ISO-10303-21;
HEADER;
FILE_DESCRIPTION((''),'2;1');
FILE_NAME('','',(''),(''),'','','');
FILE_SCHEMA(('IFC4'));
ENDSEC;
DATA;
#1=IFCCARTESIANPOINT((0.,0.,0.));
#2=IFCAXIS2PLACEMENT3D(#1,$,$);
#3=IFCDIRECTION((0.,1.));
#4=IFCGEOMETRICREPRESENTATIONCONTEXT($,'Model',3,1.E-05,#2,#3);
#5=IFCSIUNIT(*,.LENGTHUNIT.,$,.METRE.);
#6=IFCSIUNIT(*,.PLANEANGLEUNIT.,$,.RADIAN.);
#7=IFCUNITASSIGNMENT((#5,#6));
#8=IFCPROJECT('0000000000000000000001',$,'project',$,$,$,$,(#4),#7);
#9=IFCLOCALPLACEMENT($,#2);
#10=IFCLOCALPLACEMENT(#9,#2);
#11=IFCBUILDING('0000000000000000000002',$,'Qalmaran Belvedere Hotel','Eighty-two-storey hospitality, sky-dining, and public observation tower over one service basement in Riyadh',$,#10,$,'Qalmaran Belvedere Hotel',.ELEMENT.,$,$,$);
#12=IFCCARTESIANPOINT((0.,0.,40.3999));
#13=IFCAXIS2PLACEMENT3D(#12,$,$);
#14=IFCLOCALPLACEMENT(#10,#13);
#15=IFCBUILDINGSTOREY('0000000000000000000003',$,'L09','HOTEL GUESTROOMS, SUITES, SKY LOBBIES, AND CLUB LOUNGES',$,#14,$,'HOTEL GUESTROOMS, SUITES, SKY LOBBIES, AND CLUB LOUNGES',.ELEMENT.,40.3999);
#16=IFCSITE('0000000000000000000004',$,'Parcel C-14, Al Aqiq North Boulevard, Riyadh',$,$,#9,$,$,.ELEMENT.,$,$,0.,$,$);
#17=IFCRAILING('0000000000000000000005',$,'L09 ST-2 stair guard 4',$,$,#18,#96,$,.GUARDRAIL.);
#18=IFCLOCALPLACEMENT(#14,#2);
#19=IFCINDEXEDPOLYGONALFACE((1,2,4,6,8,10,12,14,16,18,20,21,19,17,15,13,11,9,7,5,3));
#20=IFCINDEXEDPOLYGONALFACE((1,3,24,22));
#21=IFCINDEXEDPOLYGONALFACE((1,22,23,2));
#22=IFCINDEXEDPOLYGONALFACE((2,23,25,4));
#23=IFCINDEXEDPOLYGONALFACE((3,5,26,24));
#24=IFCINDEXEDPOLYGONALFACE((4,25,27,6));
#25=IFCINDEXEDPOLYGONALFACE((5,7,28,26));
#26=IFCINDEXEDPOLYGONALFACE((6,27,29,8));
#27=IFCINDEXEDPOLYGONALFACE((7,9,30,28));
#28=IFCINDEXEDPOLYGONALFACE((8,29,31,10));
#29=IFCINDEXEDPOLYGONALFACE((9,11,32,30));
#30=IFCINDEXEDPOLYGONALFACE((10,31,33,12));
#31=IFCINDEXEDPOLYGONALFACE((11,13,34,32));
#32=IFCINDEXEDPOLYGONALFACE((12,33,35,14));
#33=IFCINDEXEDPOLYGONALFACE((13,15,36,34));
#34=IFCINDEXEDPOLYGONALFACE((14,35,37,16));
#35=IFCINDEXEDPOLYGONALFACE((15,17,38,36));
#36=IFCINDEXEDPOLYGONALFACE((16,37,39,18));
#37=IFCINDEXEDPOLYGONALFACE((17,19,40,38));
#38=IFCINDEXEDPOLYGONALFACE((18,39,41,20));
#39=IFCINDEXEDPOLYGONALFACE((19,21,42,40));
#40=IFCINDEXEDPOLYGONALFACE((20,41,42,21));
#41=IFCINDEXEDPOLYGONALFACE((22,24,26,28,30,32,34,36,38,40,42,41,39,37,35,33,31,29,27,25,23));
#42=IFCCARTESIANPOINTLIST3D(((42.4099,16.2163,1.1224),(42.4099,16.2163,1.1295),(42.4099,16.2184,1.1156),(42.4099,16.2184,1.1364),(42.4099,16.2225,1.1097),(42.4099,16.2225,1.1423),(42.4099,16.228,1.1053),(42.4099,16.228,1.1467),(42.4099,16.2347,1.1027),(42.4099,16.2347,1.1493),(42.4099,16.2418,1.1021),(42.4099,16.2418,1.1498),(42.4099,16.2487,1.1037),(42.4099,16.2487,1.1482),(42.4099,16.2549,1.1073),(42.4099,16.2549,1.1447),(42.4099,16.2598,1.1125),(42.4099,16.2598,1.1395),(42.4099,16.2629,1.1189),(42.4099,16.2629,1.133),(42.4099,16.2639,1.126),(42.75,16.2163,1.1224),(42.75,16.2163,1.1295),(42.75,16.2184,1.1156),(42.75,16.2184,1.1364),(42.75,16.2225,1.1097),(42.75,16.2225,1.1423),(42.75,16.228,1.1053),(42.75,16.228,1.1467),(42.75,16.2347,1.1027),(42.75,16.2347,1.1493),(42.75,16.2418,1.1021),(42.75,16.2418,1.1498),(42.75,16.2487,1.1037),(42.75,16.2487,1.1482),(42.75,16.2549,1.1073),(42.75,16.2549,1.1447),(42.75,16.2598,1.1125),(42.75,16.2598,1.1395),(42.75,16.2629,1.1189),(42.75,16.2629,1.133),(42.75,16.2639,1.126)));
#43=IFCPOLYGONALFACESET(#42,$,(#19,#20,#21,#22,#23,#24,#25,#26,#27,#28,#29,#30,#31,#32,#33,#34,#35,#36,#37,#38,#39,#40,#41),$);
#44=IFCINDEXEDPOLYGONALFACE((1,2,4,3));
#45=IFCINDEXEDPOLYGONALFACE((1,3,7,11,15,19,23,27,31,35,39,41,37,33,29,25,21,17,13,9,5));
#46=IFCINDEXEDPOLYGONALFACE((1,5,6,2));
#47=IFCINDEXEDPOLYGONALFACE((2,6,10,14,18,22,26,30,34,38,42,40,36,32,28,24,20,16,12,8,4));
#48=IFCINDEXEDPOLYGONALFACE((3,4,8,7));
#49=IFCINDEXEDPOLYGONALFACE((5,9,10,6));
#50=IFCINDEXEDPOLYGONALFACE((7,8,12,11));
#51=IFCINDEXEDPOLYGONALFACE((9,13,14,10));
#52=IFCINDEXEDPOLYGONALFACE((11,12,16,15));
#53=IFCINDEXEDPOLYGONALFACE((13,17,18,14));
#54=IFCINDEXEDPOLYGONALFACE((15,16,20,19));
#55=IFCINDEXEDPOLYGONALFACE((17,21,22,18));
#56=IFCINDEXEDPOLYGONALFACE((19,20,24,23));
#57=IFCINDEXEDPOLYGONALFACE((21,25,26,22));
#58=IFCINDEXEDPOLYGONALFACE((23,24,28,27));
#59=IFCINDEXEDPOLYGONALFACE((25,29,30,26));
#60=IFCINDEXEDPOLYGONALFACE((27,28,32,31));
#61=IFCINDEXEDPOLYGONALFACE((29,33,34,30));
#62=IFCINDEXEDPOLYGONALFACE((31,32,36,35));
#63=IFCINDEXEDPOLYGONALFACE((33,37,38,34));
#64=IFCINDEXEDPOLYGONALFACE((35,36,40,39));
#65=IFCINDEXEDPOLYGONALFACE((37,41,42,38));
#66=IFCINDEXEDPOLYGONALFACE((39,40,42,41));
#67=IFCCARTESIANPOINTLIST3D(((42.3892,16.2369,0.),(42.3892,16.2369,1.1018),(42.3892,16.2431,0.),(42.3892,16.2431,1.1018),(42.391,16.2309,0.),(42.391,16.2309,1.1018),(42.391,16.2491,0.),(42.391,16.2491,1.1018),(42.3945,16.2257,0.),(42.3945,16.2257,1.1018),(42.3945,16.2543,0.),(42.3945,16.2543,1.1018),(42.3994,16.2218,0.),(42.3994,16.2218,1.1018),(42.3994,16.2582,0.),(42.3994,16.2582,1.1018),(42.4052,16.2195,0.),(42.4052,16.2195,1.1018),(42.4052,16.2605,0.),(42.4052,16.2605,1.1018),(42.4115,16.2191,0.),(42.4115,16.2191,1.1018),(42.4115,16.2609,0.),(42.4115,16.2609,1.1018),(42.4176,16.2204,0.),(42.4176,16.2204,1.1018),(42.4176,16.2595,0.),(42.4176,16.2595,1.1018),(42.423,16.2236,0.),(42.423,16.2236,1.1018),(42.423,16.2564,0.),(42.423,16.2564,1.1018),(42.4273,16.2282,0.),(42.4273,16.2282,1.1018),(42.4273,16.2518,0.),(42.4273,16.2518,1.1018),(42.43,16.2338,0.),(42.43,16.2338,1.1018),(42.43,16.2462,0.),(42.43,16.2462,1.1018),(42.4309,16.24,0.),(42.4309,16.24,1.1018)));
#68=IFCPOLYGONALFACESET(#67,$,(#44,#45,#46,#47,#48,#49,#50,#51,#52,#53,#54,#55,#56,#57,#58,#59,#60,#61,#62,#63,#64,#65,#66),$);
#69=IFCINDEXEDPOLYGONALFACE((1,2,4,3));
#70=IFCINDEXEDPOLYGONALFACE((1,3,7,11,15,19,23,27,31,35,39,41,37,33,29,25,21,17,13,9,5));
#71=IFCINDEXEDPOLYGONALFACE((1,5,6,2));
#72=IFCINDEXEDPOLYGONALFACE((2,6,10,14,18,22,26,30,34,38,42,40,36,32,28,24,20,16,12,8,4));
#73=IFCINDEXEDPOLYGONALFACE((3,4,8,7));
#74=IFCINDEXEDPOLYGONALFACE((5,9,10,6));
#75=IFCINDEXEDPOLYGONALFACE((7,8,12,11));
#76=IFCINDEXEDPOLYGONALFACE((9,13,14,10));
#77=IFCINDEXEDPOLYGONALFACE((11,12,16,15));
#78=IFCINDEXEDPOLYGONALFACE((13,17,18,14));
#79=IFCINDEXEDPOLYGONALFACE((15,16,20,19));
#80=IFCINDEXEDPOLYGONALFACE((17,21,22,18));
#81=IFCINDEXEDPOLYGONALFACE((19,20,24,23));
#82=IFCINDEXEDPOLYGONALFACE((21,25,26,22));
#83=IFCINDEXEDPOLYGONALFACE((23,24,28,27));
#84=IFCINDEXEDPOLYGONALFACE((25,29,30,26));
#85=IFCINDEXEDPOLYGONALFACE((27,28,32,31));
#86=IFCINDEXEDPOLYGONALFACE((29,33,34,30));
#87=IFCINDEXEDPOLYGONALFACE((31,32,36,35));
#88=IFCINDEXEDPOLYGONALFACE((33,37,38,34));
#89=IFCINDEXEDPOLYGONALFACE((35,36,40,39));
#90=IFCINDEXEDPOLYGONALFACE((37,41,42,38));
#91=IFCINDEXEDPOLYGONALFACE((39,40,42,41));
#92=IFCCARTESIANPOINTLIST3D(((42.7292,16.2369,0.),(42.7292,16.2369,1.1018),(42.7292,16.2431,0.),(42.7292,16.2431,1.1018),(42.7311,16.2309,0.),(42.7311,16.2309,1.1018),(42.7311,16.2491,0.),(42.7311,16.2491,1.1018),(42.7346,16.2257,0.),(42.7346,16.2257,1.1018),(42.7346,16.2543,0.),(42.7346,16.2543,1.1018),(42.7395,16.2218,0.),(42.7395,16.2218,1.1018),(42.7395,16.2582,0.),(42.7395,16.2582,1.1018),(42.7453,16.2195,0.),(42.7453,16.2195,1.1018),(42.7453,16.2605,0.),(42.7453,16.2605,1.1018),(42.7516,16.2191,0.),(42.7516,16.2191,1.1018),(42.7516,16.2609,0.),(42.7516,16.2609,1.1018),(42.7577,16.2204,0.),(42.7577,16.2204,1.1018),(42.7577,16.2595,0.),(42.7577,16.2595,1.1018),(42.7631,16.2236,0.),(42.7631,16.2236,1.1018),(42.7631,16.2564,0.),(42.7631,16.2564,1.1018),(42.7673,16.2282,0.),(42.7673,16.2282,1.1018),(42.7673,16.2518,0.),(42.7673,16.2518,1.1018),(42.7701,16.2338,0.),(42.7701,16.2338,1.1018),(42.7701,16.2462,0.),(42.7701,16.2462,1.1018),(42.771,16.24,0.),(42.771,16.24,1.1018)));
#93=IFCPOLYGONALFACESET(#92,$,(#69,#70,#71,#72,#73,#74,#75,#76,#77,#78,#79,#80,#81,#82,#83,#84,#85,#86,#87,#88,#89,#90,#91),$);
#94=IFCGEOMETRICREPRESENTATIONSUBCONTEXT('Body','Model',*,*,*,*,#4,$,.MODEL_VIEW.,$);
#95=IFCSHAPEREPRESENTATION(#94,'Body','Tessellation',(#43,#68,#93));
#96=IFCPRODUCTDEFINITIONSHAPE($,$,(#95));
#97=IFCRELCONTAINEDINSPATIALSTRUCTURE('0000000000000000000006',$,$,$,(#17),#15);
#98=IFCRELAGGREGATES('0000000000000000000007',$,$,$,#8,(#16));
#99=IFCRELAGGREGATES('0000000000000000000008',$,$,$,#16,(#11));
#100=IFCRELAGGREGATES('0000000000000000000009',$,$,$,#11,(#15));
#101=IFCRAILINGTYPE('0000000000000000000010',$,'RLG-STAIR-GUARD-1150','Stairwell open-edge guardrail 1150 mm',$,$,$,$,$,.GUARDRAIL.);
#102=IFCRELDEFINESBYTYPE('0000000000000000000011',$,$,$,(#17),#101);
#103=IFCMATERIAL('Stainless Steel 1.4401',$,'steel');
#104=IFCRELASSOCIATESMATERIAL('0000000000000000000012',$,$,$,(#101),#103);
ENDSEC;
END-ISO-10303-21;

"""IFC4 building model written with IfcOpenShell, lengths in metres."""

from ifc_helpers import new_model, si_unit, direction, frame, origin, origin_2d, place, context, subcontext, project, spatial, circle, extrude, material, type_object, element, save


model = new_model("IFC4")

# Units and contexts
model_context = context("Model", 3, precision=1e-05, world=origin(), true_north=direction((0.0, 1.0)))
body_context = subcontext(model_context, "Body", "Model", "MODEL_VIEW")
ifc_project = project(units=[si_unit("LENGTHUNIT", "METRE"), si_unit("PLANEANGLEUNIT", "RADIAN")], contexts=[model_context])

# Site, building, storey
site_placement = place(None, origin())
site = spatial("IfcSite", under=ifc_project, at=site_placement, Name="Parcel C-14, Al Aqiq North Boulevard, Riyadh", CompositionType="ELEMENT", RefElevation=0.0)
building_placement = place(site_placement, origin())
building = spatial("IfcBuilding", under=site, at=building_placement, Name="Qalmaran Belvedere Hotel", Description="Eighty-two-storey hospitality, sky-dining, and public observation tower over one service basement in Riyadh", LongName="Qalmaran Belvedere Hotel", CompositionType="ELEMENT")
storey_placement = place(building_placement, frame((0.0, 0.0, 40.3999)))
storey = spatial("IfcBuildingStorey", under=building, at=storey_placement, Name="L09", Description="HOTEL GUESTROOMS, SUITES, SKY LOBBIES, AND CLUB LOUNGES", LongName="HOTEL GUESTROOMS, SUITES, SKY LOBBIES, AND CLUB LOUNGES", CompositionType="ELEMENT", Elevation=40.3999)

# Shared definitions
ifc_material_1 = material(Name="Stainless Steel 1.4401", Category="steel")

# Railing
railing_type_1 = type_object("IfcRailingType", Name="RLG-STAIR-GUARD-1150", Description="Stairwell open-edge guardrail 1150 mm", PredefinedType="GUARDRAIL", material=ifc_material_1)
railing_1_placement = place(storey_placement, frame((42.4099, 16.24, 0.0)))
element("IfcRailing", 1, at=railing_1_placement, inside=storey, type_object=railing_type_1, Name="L09 ST-2 stair guard 4", PredefinedType="GUARDRAIL", context=body_context, shape_type="SweptSolid", body=[
    extrude(circle(Radius=0.0239, at=origin_2d()), frame((0.0, 0.0, 1.126), z_axis=(1.0, 0.0, 0.0), x_axis=(0.0, 1.0, 0.0)), (0.0, 0.0, 1.0), 0.3401),
    extrude(circle(Radius=0.021, at=origin_2d()), origin(), (0.0, 0.0, 1.0), 1.1018),
    extrude(circle(Radius=0.021, at=origin_2d()), frame((0.3401, 0.0, 0.0)), (0.0, 0.0, 1.0), 1.1018),
])

save(model, "model.ifc")
